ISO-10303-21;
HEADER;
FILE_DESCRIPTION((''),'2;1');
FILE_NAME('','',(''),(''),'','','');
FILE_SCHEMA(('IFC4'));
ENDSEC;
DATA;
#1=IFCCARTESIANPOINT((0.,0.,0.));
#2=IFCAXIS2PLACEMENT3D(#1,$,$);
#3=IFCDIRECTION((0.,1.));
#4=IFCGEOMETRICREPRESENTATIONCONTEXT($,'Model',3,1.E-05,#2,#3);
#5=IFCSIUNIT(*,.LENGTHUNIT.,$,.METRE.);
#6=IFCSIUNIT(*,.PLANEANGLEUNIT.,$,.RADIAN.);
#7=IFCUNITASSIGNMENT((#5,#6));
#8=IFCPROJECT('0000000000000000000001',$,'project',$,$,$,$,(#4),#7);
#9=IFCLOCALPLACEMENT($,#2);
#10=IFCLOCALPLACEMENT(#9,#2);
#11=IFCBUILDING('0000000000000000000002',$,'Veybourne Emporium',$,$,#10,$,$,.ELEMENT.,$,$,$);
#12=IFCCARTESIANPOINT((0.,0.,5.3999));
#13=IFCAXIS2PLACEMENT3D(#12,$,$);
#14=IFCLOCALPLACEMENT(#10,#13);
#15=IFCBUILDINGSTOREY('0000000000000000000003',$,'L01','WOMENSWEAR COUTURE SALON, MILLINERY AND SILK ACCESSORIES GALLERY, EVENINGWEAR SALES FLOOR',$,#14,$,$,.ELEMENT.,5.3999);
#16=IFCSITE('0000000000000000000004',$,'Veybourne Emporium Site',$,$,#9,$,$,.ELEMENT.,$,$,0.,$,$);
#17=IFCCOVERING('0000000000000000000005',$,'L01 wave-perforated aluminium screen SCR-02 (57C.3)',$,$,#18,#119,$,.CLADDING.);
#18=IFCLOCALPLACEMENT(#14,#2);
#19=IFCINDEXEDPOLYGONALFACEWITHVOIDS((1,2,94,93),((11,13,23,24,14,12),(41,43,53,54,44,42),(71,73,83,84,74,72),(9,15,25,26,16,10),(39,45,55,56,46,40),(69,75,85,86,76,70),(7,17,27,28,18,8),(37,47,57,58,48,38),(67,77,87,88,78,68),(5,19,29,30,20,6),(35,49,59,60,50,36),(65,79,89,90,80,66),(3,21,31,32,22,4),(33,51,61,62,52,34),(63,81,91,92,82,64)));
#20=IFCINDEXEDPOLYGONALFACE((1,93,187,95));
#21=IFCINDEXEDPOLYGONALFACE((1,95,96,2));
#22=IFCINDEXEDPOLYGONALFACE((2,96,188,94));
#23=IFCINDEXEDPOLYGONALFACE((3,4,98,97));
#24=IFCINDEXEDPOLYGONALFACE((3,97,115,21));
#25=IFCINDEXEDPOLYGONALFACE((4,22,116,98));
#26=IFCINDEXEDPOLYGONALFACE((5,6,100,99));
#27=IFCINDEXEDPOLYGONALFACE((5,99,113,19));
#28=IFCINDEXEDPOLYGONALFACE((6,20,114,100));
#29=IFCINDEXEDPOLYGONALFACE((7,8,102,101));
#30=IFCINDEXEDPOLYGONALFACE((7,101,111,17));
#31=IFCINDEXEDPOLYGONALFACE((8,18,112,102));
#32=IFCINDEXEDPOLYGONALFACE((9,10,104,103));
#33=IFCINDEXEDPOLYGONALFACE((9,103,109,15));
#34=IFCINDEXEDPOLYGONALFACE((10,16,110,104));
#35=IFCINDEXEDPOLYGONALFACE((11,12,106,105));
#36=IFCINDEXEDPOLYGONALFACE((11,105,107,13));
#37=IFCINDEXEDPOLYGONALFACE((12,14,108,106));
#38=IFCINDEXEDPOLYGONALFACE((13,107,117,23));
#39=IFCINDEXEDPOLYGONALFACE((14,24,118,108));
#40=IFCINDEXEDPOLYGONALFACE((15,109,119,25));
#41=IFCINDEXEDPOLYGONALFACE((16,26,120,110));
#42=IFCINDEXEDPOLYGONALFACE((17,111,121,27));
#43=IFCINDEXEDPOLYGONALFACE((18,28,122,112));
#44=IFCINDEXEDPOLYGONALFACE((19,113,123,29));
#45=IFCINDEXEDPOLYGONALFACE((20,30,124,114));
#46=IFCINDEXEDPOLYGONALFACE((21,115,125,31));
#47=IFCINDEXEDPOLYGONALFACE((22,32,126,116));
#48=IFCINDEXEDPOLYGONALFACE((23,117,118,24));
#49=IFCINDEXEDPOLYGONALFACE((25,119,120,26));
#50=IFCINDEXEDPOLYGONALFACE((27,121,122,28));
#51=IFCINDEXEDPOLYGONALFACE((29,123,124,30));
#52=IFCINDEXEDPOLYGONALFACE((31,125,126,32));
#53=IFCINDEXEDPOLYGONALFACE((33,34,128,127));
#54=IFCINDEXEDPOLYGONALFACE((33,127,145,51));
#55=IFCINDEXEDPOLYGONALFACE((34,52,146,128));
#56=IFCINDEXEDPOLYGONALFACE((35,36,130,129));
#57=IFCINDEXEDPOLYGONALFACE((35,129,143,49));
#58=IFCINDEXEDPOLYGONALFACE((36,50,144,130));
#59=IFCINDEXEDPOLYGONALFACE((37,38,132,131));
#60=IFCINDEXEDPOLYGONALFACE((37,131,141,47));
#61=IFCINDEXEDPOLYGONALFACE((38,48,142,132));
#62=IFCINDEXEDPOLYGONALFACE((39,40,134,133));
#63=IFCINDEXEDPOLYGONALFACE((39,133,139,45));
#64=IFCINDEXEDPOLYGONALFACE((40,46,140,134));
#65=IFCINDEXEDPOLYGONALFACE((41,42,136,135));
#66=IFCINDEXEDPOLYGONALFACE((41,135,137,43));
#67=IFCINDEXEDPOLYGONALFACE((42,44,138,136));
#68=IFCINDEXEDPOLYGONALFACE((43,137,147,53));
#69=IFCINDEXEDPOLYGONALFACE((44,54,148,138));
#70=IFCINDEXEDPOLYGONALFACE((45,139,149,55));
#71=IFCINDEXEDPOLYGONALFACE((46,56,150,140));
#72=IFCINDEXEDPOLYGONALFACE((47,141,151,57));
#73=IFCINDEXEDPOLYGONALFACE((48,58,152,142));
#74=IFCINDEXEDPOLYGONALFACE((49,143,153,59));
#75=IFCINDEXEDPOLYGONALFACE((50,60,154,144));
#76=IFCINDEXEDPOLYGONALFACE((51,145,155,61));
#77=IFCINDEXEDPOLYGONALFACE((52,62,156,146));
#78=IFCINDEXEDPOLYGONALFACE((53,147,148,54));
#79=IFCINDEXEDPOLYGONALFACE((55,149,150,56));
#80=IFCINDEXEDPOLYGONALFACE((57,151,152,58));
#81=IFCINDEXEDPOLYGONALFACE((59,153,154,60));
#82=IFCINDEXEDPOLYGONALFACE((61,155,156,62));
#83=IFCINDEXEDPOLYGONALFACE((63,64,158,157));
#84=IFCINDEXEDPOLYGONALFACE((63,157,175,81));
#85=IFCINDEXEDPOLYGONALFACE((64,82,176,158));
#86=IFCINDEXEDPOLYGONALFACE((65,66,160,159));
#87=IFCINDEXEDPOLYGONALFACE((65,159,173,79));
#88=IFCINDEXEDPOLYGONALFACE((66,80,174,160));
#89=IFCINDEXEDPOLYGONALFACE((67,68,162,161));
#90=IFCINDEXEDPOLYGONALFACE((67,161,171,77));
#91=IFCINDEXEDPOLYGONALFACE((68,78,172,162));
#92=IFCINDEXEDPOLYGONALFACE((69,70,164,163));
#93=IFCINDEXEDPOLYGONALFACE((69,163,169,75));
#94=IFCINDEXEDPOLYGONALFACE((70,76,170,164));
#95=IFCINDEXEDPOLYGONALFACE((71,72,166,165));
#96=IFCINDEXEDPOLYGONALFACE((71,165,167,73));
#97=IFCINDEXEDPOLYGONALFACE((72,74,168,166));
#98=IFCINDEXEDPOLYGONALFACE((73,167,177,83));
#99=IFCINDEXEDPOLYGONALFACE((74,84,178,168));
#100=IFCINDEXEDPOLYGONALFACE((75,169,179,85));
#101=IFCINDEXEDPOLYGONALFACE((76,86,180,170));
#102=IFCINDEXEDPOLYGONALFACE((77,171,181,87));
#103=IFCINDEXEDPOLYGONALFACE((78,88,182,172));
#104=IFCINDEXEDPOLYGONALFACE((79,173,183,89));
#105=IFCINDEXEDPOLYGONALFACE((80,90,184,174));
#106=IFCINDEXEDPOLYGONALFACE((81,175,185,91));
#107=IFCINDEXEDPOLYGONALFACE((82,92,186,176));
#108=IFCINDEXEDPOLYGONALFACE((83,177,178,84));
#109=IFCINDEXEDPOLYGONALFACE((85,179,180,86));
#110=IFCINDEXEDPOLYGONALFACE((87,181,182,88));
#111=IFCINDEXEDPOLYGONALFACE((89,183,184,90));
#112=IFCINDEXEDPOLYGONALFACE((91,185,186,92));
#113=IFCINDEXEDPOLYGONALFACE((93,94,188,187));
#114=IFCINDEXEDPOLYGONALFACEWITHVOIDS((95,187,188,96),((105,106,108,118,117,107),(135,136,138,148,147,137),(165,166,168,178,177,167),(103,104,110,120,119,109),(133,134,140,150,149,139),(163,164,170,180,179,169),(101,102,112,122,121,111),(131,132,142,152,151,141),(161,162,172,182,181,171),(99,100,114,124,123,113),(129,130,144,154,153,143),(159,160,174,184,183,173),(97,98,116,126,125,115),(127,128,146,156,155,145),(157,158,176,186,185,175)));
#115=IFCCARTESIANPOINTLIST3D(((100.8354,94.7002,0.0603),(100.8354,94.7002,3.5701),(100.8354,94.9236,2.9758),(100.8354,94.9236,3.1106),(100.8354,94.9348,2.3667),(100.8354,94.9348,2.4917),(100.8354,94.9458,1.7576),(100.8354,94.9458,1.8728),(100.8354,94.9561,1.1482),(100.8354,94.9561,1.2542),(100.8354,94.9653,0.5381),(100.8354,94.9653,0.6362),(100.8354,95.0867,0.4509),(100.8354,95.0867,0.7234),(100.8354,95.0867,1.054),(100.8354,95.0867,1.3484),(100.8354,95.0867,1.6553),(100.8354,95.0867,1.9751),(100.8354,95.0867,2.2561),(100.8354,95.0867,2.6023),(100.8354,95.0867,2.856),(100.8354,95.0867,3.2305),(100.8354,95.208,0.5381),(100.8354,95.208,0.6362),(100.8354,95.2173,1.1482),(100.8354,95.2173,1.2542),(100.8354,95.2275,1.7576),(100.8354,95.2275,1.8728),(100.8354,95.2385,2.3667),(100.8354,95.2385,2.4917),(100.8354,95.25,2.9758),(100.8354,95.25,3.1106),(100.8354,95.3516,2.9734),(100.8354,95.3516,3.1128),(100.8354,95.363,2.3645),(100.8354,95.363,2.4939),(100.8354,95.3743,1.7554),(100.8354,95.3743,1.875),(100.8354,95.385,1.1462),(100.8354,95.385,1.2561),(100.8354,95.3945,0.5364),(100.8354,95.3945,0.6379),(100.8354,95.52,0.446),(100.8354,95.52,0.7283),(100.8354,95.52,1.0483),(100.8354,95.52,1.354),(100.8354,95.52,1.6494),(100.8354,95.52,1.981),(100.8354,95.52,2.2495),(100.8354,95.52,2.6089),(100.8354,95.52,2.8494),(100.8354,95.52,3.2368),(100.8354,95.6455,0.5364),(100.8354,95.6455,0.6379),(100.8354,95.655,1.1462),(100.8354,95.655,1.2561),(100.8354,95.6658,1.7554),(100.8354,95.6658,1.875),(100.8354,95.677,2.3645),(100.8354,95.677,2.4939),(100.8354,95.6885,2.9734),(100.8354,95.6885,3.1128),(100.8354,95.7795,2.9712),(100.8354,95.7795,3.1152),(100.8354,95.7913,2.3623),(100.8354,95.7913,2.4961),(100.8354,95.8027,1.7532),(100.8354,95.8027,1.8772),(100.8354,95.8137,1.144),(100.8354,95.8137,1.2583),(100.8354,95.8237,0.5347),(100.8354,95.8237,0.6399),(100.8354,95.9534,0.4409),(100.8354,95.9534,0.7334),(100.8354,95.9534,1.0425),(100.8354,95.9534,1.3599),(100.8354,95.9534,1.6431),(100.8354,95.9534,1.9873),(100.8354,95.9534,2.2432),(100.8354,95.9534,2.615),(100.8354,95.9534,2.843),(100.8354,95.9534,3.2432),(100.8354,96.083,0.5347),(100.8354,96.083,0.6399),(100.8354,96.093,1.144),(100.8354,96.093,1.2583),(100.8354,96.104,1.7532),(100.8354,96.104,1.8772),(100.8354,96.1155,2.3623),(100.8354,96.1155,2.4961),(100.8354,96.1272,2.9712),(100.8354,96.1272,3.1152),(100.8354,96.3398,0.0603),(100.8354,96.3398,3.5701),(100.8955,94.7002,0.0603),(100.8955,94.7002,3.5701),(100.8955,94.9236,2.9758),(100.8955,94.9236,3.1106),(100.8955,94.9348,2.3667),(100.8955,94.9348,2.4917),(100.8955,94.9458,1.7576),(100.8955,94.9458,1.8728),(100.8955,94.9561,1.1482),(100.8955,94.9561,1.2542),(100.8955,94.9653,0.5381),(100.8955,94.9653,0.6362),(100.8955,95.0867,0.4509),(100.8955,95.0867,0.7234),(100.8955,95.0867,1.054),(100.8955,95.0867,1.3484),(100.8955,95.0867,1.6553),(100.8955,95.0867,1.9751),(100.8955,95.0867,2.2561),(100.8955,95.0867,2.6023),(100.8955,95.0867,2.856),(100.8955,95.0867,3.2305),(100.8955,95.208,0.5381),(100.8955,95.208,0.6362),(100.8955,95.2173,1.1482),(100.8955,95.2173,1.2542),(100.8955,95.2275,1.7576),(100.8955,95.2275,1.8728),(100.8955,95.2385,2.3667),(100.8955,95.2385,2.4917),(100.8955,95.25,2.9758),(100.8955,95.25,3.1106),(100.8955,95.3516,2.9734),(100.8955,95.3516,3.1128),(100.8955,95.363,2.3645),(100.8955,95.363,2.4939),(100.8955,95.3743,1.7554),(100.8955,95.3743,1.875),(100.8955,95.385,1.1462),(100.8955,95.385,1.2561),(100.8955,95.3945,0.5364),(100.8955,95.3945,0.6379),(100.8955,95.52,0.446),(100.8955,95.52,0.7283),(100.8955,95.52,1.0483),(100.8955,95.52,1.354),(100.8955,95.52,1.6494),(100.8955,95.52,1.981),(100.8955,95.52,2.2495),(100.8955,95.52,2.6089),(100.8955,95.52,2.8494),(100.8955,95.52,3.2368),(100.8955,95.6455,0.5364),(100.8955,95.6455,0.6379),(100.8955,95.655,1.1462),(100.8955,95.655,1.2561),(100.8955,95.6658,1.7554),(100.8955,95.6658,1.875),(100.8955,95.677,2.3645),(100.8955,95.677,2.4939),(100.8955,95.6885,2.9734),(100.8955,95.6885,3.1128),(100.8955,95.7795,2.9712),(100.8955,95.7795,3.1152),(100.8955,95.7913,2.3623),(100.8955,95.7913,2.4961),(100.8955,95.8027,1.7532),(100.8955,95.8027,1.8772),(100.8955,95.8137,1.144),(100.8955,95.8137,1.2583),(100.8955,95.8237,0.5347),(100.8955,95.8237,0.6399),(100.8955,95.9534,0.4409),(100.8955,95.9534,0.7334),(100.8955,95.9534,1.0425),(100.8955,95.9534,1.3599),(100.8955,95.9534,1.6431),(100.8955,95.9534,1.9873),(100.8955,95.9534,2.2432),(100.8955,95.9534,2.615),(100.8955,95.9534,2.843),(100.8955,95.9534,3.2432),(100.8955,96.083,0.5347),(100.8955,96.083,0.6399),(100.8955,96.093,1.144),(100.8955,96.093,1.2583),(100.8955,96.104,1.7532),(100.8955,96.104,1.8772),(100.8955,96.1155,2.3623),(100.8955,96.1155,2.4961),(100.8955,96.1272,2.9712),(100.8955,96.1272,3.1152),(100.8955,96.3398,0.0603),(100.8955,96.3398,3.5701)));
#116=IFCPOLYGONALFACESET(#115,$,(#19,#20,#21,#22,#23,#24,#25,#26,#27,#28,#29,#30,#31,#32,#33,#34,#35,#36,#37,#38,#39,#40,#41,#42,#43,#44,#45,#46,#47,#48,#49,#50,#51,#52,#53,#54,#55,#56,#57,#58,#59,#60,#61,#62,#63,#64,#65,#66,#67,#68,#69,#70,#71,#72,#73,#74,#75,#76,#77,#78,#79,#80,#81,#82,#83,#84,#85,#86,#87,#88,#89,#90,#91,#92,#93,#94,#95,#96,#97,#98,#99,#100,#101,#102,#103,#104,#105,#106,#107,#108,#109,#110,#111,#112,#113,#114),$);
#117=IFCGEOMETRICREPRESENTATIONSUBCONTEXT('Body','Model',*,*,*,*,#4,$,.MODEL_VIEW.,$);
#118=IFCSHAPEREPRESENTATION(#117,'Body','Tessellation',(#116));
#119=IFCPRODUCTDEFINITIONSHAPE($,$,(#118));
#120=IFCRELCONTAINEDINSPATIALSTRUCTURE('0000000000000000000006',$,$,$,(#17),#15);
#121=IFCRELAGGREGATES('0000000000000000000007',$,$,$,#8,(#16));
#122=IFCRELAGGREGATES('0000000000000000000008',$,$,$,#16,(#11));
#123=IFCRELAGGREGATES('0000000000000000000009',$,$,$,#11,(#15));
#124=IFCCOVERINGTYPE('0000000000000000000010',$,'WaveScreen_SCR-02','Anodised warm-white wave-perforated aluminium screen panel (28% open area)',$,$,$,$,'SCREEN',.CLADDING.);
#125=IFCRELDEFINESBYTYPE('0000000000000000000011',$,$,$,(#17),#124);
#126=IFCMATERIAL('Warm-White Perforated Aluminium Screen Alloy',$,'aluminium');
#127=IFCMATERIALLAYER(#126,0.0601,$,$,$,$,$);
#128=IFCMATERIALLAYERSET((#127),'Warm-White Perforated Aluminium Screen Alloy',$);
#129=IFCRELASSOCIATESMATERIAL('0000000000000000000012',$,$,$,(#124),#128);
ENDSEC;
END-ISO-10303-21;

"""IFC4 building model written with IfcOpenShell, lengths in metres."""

from ifc_helpers import new_model, si_unit, direction, frame, origin, place, context, subcontext, project, spatial, polyline, outline, extrude, material, layer, layer_set, type_object, element, save


model = new_model("IFC4")

# Units and contexts
model_context = context("Model", 3, precision=1e-05, world=origin(), true_north=direction((0.0, 1.0)))
body_context = subcontext(model_context, "Body", "Model", "MODEL_VIEW")
ifc_project = project(units=[si_unit("LENGTHUNIT", "METRE"), si_unit("PLANEANGLEUNIT", "RADIAN")], contexts=[model_context])

# Site, building, storey
site_placement = place(None, origin())
site = spatial("IfcSite", under=ifc_project, at=site_placement, Name="Veybourne Emporium Site", CompositionType="ELEMENT", RefElevation=0.0)
building_placement = place(site_placement, origin())
building = spatial("IfcBuilding", under=site, at=building_placement, Name="Veybourne Emporium", CompositionType="ELEMENT")
storey_placement = place(building_placement, frame((0.0, 0.0, 5.3999)))
storey = spatial("IfcBuildingStorey", under=building, at=storey_placement, Name="L01", Description="WOMENSWEAR COUTURE SALON, MILLINERY AND SILK ACCESSORIES GALLERY, EVENINGWEAR SALES FLOOR", CompositionType="ELEMENT", Elevation=5.3999)

# Covering
ifc_material_1 = material(Name="Warm-White Perforated Aluminium Screen Alloy", Category="aluminium")
ifc_layer_1 = layer(ifc_material_1, 0.0601)
ifc_layer_set_1 = layer_set([ifc_layer_1], Name="Warm-White Perforated Aluminium Screen Alloy")
covering_type_1 = type_object("IfcCoveringType", Name="WaveScreen_SCR-02", Description="Anodised warm-white wave-perforated aluminium screen panel (28% open area)", ElementType="SCREEN", PredefinedType="CLADDING", material=ifc_layer_set_1)
covering_1_placement = place(storey_placement, frame((100.8955, 95.52, 1.8152), z_axis=(-1.0, 0.0, 0.0), x_axis=(0.0, -1.0, 0.0)))
element("IfcCovering", 1, at=covering_1_placement, inside=storey, type_object=covering_type_1, Name="L01 wave-perforated aluminium screen SCR-02 (57C.3)", PredefinedType="CLADDING", context=body_context, shape_type="SweptSolid", body=[
    extrude(outline(polyline([(-0.8198, -1.7549), (0.8198, -1.7549), (0.8198, 1.7549), (-0.8198, 1.7549), (-0.8198, -1.7549)]), holes=[polyline([(-0.4333, -1.0818), (-0.3037, -1.1753), (-0.3037, -1.2805), (-0.4333, -1.3743), (-0.563, -1.2805), (-0.563, -1.1753), (-0.4333, -1.0818)]), polyline([(-0.4333, -0.4553), (-0.2937, -0.5569), (-0.2937, -0.6711), (-0.4333, -0.7727), (-0.573, -0.6711), (-0.573, -0.5569), (-0.4333, -0.4553)]), polyline([(-0.4333, 0.1721), (-0.2827, 0.062), (-0.2827, -0.062), (-0.4333, -0.1721), (-0.584, -0.062), (-0.584, 0.062), (-0.4333, 0.1721)]), polyline([(-0.4333, 0.7998), (-0.2712, 0.6809), (-0.2712, 0.5471), (-0.4333, 0.428), (-0.5955, 0.5471), (-0.5955, 0.6809), (-0.4333, 0.7998)]), polyline([(-0.4333, 1.428), (-0.2595, 1.3), (-0.2595, 1.156), (-0.4333, 1.0278), (-0.6072, 1.156), (-0.6072, 1.3), (-0.4333, 1.428)]), polyline([(0.0, -1.0869), (0.1255, -1.1772), (0.1255, -1.2788), (0.0, -1.3691), (-0.1255, -1.2788), (-0.1255, -1.1772), (0.0, -1.0869)]), polyline([(0.0, -0.4612), (0.135, -0.5591), (0.135, -0.6689), (0.0, -0.7668), (-0.135, -0.6689), (-0.135, -0.5591), (0.0, -0.4612)]), polyline([(0.0, 0.1658), (0.1458, 0.0598), (0.1458, -0.0598), (0.0, -0.1658), (-0.1458, -0.0598), (-0.1458, 0.0598), (0.0, 0.1658)]), polyline([(0.0, 0.7937), (0.157, 0.6787), (0.157, 0.5493), (0.0, 0.4343), (-0.157, 0.5493), (-0.157, 0.6787), (0.0, 0.7937)]), polyline([(0.0, 1.4216), (0.1685, 1.2976), (0.1685, 1.1582), (0.0, 1.0342), (-0.1685, 1.1582), (-0.1685, 1.2976), (0.0, 1.4216)]), polyline([(0.4333, -1.0918), (0.5547, -1.179), (0.5547, -1.2771), (0.4333, -1.3643), (0.312, -1.2771), (0.312, -1.179), (0.4333, -1.0918)]), polyline([(0.4333, -0.4668), (0.564, -0.561), (0.564, -0.667), (0.4333, -0.7612), (0.3027, -0.667), (0.3027, -0.561), (0.4333, -0.4668)]), polyline([(0.4333, 0.1599), (0.5742, 0.0576), (0.5742, -0.0576), (0.4333, -0.1599), (0.2925, -0.0576), (0.2925, 0.0576), (0.4333, 0.1599)]), polyline([(0.4333, 0.7871), (0.5852, 0.6765), (0.5852, 0.5515), (0.4333, 0.4409), (0.2815, 0.5515), (0.2815, 0.6765), (0.4333, 0.7871)]), polyline([(0.4333, 1.4153), (0.5964, 1.2954), (0.5964, 1.1606), (0.4333, 1.0408), (0.27, 1.1606), (0.27, 1.2954), (0.4333, 1.4153)])]), origin(), (0.0, 0.0, 1.0), 0.0601),
])

save(model, "model.ifc")
